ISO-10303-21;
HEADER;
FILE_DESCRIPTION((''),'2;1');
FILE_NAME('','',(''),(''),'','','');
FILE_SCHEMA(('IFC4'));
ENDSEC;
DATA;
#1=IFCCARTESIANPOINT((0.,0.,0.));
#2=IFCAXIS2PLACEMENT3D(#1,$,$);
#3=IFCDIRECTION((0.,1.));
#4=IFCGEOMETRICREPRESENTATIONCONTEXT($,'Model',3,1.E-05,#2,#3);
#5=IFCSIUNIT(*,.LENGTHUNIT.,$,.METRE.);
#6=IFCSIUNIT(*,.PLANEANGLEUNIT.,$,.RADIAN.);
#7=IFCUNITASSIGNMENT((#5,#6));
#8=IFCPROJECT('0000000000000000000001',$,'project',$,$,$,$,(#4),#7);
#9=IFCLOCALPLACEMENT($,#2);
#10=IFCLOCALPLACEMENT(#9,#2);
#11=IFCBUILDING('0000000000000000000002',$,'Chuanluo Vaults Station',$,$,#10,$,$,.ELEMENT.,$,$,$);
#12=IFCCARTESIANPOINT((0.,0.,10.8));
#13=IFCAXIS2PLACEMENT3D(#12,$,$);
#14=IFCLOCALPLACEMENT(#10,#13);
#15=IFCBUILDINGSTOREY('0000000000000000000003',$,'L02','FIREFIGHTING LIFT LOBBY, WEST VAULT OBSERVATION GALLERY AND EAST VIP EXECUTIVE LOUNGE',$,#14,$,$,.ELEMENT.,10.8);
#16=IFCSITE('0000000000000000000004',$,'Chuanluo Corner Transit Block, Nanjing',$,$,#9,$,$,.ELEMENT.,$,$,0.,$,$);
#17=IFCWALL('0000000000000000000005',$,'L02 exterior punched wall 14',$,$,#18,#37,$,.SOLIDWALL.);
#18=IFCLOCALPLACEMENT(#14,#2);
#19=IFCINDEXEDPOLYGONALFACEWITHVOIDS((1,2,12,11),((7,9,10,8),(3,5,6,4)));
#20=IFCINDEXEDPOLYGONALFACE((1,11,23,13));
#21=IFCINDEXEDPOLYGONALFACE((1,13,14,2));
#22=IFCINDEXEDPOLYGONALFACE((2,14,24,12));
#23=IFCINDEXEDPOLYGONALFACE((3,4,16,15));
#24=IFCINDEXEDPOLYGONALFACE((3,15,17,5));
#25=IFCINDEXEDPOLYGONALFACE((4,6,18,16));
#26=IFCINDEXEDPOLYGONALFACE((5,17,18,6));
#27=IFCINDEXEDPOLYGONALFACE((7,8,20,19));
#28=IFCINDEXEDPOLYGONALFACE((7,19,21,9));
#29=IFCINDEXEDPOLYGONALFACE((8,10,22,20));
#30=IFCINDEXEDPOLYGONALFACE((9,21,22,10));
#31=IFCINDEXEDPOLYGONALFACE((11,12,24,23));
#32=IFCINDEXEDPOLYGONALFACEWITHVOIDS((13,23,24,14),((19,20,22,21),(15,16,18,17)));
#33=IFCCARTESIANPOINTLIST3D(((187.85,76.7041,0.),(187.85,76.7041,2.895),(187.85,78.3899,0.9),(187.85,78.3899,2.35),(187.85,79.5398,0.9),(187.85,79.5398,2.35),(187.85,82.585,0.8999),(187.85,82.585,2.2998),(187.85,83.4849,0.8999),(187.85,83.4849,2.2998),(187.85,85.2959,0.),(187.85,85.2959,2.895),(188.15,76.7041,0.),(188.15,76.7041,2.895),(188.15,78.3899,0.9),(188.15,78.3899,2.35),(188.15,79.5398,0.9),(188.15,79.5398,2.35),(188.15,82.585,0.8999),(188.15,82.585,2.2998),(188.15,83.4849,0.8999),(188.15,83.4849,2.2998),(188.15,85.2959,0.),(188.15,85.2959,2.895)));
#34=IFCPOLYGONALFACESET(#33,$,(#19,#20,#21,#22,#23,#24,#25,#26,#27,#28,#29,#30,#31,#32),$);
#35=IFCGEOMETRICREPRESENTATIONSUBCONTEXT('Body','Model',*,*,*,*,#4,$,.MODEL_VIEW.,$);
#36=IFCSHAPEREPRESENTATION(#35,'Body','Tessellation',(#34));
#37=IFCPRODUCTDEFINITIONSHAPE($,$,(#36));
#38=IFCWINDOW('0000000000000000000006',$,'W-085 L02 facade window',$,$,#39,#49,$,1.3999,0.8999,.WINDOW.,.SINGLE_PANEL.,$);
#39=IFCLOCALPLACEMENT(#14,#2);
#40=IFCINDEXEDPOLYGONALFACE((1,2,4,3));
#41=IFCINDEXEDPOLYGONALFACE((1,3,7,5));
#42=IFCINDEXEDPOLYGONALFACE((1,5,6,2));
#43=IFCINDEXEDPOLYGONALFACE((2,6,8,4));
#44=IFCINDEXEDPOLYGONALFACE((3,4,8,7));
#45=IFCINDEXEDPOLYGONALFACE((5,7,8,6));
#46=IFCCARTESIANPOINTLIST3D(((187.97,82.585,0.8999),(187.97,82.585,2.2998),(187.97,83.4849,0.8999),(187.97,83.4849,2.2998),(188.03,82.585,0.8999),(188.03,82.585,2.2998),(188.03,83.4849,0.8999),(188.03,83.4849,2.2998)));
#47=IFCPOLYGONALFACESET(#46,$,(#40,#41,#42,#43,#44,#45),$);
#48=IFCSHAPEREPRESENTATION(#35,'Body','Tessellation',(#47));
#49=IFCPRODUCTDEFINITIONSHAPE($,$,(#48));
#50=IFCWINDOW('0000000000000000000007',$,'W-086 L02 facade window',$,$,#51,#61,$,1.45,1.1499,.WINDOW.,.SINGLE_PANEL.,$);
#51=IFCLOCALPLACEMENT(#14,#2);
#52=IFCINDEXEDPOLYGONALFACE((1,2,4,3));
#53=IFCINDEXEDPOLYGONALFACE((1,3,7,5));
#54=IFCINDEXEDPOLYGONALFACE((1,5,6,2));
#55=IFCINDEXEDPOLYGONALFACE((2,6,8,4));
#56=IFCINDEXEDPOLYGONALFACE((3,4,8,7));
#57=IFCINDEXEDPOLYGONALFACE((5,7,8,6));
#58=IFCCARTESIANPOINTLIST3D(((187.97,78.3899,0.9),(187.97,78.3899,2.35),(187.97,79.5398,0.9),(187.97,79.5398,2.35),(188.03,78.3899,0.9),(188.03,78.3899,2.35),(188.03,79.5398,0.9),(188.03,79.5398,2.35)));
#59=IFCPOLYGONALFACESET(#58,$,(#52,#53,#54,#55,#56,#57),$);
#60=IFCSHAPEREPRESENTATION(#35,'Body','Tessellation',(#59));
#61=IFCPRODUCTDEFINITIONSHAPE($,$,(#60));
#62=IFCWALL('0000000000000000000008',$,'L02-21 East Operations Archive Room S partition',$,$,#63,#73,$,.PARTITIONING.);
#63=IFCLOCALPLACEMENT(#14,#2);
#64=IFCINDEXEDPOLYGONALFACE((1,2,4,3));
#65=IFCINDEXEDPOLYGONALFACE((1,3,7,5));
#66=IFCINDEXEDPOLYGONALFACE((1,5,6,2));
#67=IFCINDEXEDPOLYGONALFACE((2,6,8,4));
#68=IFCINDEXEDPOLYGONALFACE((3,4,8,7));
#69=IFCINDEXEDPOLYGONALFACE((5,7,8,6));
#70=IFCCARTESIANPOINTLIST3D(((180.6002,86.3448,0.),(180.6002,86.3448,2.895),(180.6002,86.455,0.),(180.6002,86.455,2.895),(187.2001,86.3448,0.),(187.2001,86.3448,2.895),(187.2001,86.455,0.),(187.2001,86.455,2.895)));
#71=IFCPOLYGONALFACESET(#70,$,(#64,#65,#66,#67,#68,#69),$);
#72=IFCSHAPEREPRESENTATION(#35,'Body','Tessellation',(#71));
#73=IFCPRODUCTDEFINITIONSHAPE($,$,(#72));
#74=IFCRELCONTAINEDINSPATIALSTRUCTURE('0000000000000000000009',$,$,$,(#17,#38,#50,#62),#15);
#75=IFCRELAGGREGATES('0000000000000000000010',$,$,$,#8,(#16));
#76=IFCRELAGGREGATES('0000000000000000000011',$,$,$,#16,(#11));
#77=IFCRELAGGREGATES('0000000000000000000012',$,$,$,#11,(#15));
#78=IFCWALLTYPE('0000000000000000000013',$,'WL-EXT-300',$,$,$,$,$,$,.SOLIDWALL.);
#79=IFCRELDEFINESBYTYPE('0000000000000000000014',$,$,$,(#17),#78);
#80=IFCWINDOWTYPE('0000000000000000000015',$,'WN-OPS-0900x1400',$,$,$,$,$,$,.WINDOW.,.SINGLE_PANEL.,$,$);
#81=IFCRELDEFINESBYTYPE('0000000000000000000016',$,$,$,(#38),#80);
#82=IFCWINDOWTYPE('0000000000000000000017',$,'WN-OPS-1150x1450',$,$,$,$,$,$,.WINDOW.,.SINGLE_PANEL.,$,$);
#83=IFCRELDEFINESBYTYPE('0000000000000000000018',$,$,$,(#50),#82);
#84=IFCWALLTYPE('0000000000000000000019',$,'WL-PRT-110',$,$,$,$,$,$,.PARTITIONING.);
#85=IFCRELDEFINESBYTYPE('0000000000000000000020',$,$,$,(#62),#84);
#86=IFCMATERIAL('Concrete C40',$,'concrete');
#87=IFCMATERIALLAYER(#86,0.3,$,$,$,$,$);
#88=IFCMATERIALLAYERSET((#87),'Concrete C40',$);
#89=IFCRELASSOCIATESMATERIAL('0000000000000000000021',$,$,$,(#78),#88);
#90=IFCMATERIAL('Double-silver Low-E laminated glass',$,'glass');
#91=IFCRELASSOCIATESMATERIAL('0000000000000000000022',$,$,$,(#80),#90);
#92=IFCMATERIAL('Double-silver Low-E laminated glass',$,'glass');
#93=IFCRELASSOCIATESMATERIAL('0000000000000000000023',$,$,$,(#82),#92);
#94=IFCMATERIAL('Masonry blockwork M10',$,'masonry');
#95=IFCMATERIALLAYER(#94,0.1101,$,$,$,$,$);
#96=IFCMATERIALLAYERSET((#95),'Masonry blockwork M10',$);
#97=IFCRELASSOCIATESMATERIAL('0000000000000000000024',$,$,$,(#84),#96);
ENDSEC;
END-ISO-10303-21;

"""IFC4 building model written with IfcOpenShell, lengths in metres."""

from ifc_helpers import new_model, si_unit, direction, frame, frame_2d, origin, place, context, subcontext, project, spatial, rectangle, extrude, material, layer, layer_set, type_object, element, fill, save


model = new_model("IFC4")

# Units and contexts
model_context = context("Model", 3, precision=1e-05, world=origin(), true_north=direction((0.0, 1.0)))
body_context = subcontext(model_context, "Body", "Model", "MODEL_VIEW")
ifc_project = project(units=[si_unit("LENGTHUNIT", "METRE"), si_unit("PLANEANGLEUNIT", "RADIAN")], contexts=[model_context])

# Site, building, storey
site_placement = place(None, origin())
site = spatial("IfcSite", under=ifc_project, at=site_placement, Name="Chuanluo Corner Transit Block, Nanjing", CompositionType="ELEMENT", RefElevation=0.0)
building_placement = place(site_placement, origin())
building = spatial("IfcBuilding", under=site, at=building_placement, Name="Chuanluo Vaults Station", CompositionType="ELEMENT")
storey_placement = place(building_placement, frame((0.0, 0.0, 10.8)))
storey = spatial("IfcBuildingStorey", under=building, at=storey_placement, Name="L02", Description="FIREFIGHTING LIFT LOBBY, WEST VAULT OBSERVATION GALLERY AND EAST VIP EXECUTIVE LOUNGE", CompositionType="ELEMENT", Elevation=10.8)

# Wall, openings, windows
ifc_material_1 = material(Name="Concrete C40", Category="concrete")
ifc_layer_1 = layer(ifc_material_1, 0.3)
ifc_layer_set_1 = layer_set([ifc_layer_1], Name="Concrete C40")
wall_type_1 = type_object("IfcWallType", Name="WL-EXT-300", PredefinedType="SOLIDWALL", material=ifc_layer_set_1)
wall_1_placement = place(storey_placement, frame((188.0, 85.2959, 0.0), z_axis=(0.0, 0.0, 1.0), x_axis=(0.0, -1.0, 0.0)))
wall_1 = element("IfcWall", 1, at=wall_1_placement, inside=storey, type_object=wall_type_1, Name="L02 exterior punched wall 14", PredefinedType="SOLIDWALL", context=body_context, shape_type="SweptSolid", body=[
    extrude(rectangle(XDim=8.5918, YDim=0.3, at=frame_2d((4.2959, 0.0))), origin(), (0.0, 0.0, 1.0), 2.895),
])
opening_1_placement = place(wall_1_placement, frame((1.811, 0.0, 0.8999)))
opening_1 = element("IfcOpeningElement", 2, at=opening_1_placement, cuts=wall_1, PredefinedType="OPENING", context=body_context, shape_type="SweptSolid", body=[
    extrude(rectangle(XDim=0.8999, YDim=1.3999, at=frame_2d((0.45, 0.7))), frame((0.0, 0.1599, 0.0), z_axis=(0.0, -1.0, 0.0), x_axis=(1.0, 0.0, 0.0)), (0.0, 0.0, 1.0), 0.3201),
])
opening_2_placement = place(wall_1_placement, frame((5.7561, 0.0, 0.8999)))
opening_2 = element("IfcOpeningElement", 3, at=opening_2_placement, cuts=wall_1, PredefinedType="OPENING", context=body_context, shape_type="SweptSolid", body=[
    extrude(rectangle(XDim=1.1499, YDim=1.45, at=frame_2d((0.575, 0.7251))), frame((0.0, 0.1599, 0.0), z_axis=(0.0, -1.0, 0.0), x_axis=(1.0, 0.0, 0.0)), (0.0, 0.0, 1.0), 0.3201),
])
ifc_material_2 = material(Name="Double-silver Low-E laminated glass", Category="glass")
window_type_1 = type_object("IfcWindowType", Name="WN-OPS-0900x1400", PartitioningType="SINGLE_PANEL", PredefinedType="WINDOW", material=ifc_material_2)
window_1_placement = place(opening_1_placement, origin())
window_1 = element("IfcWindow", 4, at=window_1_placement, inside=storey, type_object=window_type_1, Name="W-085 L02 facade window", OverallHeight=1.3999, OverallWidth=0.8999, PartitioningType="SINGLE_PANEL", PredefinedType="WINDOW", context=body_context, shape_type="SweptSolid", body=[
    extrude(rectangle(XDim=0.8999, YDim=1.3999, at=frame_2d((0.45, 0.7))), frame((0.0, 0.03, 0.0), z_axis=(0.0, -1.0, 0.0), x_axis=(1.0, 0.0, 0.0)), (0.0, 0.0, 1.0), 0.0601),
])
fill(opening_1, window_1)
ifc_material_3 = material(Name="Double-silver Low-E laminated glass", Category="glass")
window_type_2 = type_object("IfcWindowType", Name="WN-OPS-1150x1450", PartitioningType="SINGLE_PANEL", PredefinedType="WINDOW", material=ifc_material_3)
window_2_placement = place(opening_2_placement, origin())
window_2 = element("IfcWindow", 5, at=window_2_placement, inside=storey, type_object=window_type_2, Name="W-086 L02 facade window", OverallHeight=1.45, OverallWidth=1.1499, PartitioningType="SINGLE_PANEL", PredefinedType="WINDOW", context=body_context, shape_type="SweptSolid", body=[
    extrude(rectangle(XDim=1.1499, YDim=1.45, at=frame_2d((0.575, 0.7251))), frame((0.0, 0.03, 0.0), z_axis=(0.0, -1.0, 0.0), x_axis=(1.0, 0.0, 0.0)), (0.0, 0.0, 1.0), 0.0601),
])
fill(opening_2, window_2)

# Wall
ifc_material_4 = material(Name="Masonry blockwork M10", Category="masonry")
ifc_layer_2 = layer(ifc_material_4, 0.1101)
ifc_layer_set_2 = layer_set([ifc_layer_2], Name="Masonry blockwork M10")
wall_type_2 = type_object("IfcWallType", Name="WL-PRT-110", PredefinedType="PARTITIONING", material=ifc_layer_set_2)
wall_2_placement = place(storey_placement, frame((187.2, 86.3999, 0.0), z_axis=(0.0, 0.0, 1.0), x_axis=(-1.0, 0.0, 0.0)))
element("IfcWall", 6, at=wall_2_placement, inside=storey, type_object=wall_type_2, Name="L02-21 East Operations Archive Room S partition", PredefinedType="PARTITIONING", context=body_context, shape_type="SweptSolid", body=[
    extrude(rectangle(XDim=6.5999, YDim=0.1101, at=frame_2d((3.2998, 0.0))), origin(), (0.0, 0.0, 1.0), 2.895),
])

save(model, "model.ifc")
